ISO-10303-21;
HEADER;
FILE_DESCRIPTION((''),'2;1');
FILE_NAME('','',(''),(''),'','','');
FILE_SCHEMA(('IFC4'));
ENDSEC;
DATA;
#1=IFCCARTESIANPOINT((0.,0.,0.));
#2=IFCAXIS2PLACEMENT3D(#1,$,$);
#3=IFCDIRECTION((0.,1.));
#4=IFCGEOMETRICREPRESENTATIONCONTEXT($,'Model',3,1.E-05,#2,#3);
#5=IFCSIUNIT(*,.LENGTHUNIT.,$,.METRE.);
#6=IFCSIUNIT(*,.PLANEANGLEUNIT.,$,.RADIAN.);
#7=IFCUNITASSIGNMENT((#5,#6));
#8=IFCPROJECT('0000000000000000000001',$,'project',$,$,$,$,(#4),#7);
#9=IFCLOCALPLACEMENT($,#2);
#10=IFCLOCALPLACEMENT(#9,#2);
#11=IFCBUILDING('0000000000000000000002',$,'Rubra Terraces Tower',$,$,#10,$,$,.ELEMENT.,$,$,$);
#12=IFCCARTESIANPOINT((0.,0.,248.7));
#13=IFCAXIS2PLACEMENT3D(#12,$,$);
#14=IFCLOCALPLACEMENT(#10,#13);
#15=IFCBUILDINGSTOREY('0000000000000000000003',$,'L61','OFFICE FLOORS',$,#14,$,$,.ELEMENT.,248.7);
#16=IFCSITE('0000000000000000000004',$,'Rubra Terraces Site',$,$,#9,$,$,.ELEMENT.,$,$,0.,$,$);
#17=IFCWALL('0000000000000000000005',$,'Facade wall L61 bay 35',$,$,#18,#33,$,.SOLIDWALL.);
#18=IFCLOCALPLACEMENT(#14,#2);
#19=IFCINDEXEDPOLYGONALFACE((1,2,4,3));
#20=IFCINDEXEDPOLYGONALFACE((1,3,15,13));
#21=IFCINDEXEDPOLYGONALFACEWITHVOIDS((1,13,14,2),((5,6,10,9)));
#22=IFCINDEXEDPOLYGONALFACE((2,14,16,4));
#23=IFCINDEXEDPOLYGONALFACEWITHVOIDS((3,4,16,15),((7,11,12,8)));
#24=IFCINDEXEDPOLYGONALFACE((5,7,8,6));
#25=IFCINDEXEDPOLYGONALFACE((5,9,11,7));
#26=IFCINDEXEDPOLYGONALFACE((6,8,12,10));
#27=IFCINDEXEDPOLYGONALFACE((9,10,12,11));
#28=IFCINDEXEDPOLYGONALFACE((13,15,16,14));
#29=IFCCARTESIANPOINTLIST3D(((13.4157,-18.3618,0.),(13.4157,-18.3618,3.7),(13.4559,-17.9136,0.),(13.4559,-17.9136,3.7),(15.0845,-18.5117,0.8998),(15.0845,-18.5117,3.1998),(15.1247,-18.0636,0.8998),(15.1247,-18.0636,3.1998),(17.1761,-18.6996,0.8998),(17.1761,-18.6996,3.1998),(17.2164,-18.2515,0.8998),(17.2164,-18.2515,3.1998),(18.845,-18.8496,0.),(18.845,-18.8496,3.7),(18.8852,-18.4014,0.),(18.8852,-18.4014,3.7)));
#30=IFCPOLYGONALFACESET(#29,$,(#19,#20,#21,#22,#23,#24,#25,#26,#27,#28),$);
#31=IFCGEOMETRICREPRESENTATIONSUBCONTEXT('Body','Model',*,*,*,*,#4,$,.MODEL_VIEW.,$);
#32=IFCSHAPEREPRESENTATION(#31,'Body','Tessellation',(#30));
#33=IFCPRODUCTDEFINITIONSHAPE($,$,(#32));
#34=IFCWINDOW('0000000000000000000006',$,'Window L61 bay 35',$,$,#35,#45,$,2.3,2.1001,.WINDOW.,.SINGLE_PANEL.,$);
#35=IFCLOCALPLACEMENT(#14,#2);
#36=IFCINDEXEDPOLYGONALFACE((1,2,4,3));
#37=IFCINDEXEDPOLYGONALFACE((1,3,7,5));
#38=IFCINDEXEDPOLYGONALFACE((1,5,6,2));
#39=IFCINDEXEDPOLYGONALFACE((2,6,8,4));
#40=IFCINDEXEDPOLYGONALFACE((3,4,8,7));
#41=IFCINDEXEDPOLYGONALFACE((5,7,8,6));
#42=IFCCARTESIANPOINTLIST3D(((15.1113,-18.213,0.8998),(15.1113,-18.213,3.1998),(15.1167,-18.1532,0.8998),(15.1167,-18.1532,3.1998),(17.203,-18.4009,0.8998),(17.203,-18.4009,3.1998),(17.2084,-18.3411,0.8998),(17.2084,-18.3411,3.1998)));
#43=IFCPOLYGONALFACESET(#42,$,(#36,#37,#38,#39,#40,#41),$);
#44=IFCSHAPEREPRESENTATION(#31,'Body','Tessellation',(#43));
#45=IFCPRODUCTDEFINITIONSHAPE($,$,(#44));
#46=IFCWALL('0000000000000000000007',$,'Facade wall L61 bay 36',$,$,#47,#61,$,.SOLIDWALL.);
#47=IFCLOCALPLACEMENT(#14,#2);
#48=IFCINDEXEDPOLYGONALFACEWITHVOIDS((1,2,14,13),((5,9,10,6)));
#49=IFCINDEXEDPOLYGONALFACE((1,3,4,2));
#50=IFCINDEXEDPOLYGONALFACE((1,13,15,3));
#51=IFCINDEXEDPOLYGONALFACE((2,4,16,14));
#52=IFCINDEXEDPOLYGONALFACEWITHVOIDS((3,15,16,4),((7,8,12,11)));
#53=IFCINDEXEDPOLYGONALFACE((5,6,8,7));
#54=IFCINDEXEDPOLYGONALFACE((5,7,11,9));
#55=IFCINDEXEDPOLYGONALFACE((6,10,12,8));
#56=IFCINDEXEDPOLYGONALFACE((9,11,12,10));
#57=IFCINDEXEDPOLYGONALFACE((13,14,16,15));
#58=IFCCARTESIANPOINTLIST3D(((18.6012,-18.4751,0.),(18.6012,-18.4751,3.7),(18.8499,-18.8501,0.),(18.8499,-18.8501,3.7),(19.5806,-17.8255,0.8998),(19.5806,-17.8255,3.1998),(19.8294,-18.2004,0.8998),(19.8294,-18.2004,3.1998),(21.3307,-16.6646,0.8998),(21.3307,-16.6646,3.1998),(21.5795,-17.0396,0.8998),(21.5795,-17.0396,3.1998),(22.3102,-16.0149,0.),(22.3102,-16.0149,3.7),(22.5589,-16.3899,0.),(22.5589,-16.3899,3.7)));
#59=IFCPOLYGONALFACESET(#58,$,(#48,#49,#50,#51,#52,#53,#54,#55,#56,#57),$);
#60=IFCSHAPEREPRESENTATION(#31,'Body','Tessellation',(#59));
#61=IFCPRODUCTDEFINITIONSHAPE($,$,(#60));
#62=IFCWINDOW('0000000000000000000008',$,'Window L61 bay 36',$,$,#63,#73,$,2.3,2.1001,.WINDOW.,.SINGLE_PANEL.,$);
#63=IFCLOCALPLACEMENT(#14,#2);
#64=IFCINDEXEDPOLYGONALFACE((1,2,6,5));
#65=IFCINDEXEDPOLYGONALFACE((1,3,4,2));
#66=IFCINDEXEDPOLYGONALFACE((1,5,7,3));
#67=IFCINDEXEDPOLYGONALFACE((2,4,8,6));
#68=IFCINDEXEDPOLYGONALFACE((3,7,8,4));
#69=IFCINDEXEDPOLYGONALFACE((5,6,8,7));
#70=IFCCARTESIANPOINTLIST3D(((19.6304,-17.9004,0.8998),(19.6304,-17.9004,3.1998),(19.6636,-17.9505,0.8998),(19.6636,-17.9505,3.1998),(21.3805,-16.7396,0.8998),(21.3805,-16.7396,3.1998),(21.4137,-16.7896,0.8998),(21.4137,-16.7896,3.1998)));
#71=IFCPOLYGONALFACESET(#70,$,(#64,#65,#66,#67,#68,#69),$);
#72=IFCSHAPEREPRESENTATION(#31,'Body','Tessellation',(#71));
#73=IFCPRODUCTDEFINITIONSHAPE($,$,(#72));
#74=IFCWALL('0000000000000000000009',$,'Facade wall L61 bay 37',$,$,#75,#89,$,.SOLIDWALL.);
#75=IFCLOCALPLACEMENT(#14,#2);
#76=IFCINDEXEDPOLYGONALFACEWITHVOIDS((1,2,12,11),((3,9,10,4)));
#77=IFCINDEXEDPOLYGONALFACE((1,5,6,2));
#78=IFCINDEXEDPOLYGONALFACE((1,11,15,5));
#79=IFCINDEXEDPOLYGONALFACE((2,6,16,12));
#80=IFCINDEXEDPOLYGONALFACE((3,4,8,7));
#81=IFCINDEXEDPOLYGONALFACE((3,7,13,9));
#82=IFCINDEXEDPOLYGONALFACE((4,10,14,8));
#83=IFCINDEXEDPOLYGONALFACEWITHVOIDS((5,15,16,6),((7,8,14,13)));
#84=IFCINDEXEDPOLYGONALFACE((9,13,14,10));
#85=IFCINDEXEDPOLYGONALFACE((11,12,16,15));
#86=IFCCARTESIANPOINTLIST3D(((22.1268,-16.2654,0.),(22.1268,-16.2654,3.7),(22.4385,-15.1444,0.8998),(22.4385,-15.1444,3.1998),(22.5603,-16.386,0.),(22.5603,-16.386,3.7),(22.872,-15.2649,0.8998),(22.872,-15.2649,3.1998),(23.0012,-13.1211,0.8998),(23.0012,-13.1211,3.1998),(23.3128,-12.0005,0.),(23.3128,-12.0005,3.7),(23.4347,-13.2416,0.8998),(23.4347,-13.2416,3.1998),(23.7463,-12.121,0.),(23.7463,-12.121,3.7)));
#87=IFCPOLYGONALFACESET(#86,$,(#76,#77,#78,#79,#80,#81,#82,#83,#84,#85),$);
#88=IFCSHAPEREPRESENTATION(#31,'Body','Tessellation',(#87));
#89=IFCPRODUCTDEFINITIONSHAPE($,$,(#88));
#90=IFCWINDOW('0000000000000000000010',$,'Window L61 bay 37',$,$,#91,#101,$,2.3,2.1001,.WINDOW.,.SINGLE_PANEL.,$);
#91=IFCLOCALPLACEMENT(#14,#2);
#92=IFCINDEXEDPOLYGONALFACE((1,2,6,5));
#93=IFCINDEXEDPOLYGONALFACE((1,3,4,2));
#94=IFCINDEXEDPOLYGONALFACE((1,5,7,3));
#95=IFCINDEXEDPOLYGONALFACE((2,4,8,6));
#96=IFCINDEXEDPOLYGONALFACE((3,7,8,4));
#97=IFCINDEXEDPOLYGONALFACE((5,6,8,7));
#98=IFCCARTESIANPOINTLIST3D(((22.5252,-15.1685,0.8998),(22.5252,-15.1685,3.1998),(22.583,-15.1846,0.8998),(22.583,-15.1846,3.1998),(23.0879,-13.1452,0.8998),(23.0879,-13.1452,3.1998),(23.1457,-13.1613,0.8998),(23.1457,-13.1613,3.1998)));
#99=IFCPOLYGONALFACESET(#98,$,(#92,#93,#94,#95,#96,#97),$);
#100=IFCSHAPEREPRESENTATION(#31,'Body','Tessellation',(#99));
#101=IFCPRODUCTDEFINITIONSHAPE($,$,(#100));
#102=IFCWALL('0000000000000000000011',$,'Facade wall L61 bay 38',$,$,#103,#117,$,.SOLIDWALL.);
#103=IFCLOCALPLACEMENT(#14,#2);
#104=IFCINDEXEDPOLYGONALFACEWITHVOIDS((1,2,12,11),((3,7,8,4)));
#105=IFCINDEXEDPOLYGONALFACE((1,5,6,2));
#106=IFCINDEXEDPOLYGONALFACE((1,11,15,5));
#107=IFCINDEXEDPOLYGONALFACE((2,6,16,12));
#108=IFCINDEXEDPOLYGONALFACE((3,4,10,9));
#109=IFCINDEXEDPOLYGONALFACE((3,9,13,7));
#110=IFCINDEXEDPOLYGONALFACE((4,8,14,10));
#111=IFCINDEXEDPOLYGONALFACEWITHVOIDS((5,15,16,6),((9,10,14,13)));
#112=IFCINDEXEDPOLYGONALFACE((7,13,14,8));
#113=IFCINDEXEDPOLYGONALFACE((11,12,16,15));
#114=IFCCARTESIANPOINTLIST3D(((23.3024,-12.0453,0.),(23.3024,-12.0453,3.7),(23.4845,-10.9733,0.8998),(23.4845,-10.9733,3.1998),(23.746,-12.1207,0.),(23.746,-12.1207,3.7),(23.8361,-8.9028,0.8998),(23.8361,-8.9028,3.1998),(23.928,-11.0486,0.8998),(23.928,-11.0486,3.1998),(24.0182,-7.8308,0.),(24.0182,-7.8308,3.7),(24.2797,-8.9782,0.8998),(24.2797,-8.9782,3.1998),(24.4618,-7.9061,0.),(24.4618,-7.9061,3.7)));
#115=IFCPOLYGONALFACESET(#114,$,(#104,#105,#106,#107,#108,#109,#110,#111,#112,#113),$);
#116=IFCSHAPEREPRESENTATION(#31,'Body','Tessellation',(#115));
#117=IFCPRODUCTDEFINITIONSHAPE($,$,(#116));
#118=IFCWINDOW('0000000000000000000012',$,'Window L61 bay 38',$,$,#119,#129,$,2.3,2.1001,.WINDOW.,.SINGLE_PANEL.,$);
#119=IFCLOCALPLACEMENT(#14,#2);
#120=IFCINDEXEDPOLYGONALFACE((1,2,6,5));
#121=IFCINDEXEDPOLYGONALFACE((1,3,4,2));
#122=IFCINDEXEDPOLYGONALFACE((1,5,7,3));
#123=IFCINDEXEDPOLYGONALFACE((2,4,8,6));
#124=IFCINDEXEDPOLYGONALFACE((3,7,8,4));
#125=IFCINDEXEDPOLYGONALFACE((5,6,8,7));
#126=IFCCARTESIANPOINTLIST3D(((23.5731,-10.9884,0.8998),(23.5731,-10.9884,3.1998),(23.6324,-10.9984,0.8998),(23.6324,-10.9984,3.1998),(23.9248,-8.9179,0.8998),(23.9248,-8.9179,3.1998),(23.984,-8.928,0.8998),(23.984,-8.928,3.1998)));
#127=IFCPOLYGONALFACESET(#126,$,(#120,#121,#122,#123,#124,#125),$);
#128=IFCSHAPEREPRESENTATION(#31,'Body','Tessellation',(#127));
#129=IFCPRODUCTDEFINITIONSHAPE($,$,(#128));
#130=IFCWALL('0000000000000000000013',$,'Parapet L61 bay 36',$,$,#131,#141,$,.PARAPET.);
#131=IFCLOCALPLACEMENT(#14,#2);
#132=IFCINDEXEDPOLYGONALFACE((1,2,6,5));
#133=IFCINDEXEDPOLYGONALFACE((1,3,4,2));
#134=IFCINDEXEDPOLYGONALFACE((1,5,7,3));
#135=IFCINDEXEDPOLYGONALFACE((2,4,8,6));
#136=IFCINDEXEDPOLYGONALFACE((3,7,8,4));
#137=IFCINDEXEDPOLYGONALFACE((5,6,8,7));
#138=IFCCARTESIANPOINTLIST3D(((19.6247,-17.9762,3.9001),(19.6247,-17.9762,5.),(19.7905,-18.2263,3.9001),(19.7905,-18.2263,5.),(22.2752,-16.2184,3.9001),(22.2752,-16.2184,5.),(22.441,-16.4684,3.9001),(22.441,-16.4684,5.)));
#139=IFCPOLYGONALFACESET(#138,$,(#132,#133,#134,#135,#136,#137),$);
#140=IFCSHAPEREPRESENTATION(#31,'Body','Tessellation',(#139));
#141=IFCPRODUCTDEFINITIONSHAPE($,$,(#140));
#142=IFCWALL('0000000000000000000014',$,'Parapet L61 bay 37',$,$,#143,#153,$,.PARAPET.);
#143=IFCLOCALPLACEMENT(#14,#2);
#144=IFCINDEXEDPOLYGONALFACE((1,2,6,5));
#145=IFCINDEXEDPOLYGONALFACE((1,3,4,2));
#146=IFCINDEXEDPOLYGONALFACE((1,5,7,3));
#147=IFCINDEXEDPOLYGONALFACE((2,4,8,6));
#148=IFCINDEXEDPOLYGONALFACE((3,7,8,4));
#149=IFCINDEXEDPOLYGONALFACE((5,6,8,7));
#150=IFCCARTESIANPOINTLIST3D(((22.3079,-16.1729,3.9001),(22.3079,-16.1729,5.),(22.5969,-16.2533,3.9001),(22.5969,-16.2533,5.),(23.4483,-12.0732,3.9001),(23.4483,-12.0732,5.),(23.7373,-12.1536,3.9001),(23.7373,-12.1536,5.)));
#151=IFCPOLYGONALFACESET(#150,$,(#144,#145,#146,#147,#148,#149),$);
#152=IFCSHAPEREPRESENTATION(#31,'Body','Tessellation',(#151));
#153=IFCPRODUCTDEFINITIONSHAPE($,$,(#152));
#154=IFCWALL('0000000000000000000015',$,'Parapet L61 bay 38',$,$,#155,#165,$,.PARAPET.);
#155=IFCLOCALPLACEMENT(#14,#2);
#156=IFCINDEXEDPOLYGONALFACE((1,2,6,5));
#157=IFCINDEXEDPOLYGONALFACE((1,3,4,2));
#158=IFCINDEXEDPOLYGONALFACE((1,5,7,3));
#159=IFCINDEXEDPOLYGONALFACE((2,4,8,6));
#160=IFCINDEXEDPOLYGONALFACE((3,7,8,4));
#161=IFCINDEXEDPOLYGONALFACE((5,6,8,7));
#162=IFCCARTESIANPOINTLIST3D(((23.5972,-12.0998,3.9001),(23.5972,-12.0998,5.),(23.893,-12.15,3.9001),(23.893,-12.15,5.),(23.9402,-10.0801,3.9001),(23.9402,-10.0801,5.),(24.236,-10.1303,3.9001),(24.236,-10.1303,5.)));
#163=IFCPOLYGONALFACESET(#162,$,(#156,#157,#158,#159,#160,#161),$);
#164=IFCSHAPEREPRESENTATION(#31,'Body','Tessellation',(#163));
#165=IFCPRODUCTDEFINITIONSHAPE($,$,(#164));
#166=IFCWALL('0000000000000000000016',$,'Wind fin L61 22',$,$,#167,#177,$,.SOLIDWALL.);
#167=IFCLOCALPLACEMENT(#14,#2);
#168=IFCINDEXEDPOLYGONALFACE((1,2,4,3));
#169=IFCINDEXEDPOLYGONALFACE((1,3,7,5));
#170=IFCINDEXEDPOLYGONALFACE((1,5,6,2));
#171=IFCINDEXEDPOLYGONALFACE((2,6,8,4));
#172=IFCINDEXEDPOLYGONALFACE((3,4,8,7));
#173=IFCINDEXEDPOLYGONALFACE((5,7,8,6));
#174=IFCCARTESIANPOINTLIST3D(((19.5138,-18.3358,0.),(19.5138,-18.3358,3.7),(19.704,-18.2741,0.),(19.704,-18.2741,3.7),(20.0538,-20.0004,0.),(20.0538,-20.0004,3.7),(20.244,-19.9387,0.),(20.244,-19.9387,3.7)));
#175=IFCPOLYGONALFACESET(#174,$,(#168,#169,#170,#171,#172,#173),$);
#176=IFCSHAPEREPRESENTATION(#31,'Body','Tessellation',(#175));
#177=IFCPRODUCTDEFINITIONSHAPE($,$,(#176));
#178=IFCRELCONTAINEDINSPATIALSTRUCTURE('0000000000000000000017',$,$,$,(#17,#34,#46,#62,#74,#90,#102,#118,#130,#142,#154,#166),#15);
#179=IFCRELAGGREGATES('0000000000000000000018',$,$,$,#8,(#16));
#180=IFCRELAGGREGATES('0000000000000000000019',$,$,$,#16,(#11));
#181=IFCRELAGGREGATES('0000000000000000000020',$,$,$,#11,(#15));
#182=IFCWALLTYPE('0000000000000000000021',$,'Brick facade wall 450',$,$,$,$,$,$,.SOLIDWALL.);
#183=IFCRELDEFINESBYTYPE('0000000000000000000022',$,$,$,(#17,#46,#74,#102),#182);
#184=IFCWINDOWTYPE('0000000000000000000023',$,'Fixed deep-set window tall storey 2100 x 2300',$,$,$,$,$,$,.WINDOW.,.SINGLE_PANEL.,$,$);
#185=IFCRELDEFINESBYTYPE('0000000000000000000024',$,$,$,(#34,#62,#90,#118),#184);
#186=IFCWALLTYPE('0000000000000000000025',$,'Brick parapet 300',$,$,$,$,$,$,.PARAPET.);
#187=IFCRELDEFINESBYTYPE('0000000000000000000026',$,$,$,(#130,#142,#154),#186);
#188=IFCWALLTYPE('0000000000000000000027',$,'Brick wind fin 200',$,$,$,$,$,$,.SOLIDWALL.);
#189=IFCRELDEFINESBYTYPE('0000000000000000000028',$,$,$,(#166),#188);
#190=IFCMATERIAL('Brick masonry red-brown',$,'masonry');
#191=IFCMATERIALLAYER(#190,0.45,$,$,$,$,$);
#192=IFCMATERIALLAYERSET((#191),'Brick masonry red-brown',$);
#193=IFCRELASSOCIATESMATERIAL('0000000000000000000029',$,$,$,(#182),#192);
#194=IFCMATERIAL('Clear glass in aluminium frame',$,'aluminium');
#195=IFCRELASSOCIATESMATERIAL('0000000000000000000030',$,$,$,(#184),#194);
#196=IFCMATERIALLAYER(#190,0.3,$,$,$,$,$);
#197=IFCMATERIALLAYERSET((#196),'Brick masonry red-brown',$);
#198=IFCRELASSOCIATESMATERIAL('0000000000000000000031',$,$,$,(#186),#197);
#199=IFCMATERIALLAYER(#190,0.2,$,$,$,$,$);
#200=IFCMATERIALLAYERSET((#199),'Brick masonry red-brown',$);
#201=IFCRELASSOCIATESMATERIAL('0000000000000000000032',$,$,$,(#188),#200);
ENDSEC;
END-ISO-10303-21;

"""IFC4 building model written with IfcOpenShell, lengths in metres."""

from ifc_helpers import new_model, si_unit, direction, frame, frame_2d, origin, place, context, subcontext, project, spatial, rectangle, extrude, material, layer, layer_set, type_object, element, fill, save


model = new_model("IFC4")

# Units and contexts
model_context = context("Model", 3, precision=1e-05, world=origin(), true_north=direction((0.0, 1.0)))
body_context = subcontext(model_context, "Body", "Model", "MODEL_VIEW")
ifc_project = project(units=[si_unit("LENGTHUNIT", "METRE"), si_unit("PLANEANGLEUNIT", "RADIAN")], contexts=[model_context])

# Site, building, storey
site_placement = place(None, origin())
site = spatial("IfcSite", under=ifc_project, at=site_placement, Name="Rubra Terraces Site", CompositionType="ELEMENT", RefElevation=0.0)
building_placement = place(site_placement, origin())
building = spatial("IfcBuilding", under=site, at=building_placement, Name="Rubra Terraces Tower", CompositionType="ELEMENT")
storey_placement = place(building_placement, frame((0.0, 0.0, 248.7)))
storey = spatial("IfcBuildingStorey", under=building, at=storey_placement, Name="L61", Description="OFFICE FLOORS", CompositionType="ELEMENT", Elevation=248.7)

# Walls, openings, windows
ifc_material_1 = material(Name="Brick masonry red-brown", Category="masonry")
ifc_layer_1 = layer(ifc_material_1, 0.45)
ifc_layer_set_1 = layer_set([ifc_layer_1], Name="Brick masonry red-brown")
wall_type_1 = type_object("IfcWallType", Name="Brick facade wall 450", PredefinedType="SOLIDWALL", material=ifc_layer_set_1)
wall_1_placement = place(storey_placement, frame((13.4358, -18.1377, 0.0), z_axis=(0.0, 0.0, 1.0), x_axis=(0.995988, -0.089486, 0.0)))
wall_1 = element("IfcWall", 1, at=wall_1_placement, inside=storey, type_object=wall_type_1, Name="Facade wall L61 bay 35", PredefinedType="SOLIDWALL", context=body_context, shape_type="SweptSolid", body=[
    extrude(rectangle(XDim=5.4512, YDim=0.45, at=frame_2d((2.7256, 0.0))), origin(), (0.0, 0.0, 1.0), 3.7),
])
opening_1_placement = place(wall_1_placement, frame((1.6755, 0.0, 0.8999)))
opening_1 = element("IfcOpeningElement", 2, at=opening_1_placement, cuts=wall_1, PredefinedType="OPENING", context=body_context, shape_type="SweptSolid", body=[
    extrude(rectangle(XDim=2.1001, YDim=2.3, at=frame_2d((1.05, 1.1499))), frame((0.0, 0.2349, 0.0), z_axis=(0.0, -1.0, 0.0), x_axis=(1.0, 0.0, 0.0)), (0.0, 0.0, 1.0), 0.47),
])
ifc_material_2 = material(Name="Clear glass in aluminium frame", Category="aluminium")
window_type = type_object("IfcWindowType", Name="Fixed deep-set window tall storey 2100 x 2300", PartitioningType="SINGLE_PANEL", PredefinedType="WINDOW", material=ifc_material_2)
window_1_placement = place(opening_1_placement, origin())
window_1 = element("IfcWindow", 3, at=window_1_placement, inside=storey, type_object=window_type, Name="Window L61 bay 35", OverallHeight=2.3, OverallWidth=2.1001, PartitioningType="SINGLE_PANEL", PredefinedType="WINDOW", context=body_context, shape_type="SweptSolid", body=[
    extrude(rectangle(XDim=2.1001, YDim=2.3, at=frame_2d((1.05, 1.1499))), frame((0.0, 0.135, 0.0), z_axis=(0.0, -1.0, 0.0), x_axis=(1.0, 0.0, 0.0)), (0.0, 0.0, 1.0), 0.0601),
])
fill(opening_1, window_1)
wall_2_placement = place(storey_placement, frame((18.7256, -18.6626, 0.0), z_axis=(0.0, 0.0, 1.0), x_axis=(0.833339, 0.552762, 0.0)))
wall_2 = element("IfcWall", 4, at=wall_2_placement, inside=storey, type_object=wall_type_1, Name="Facade wall L61 bay 36", PredefinedType="SOLIDWALL", context=body_context, shape_type="SweptSolid", body=[
    extrude(rectangle(XDim=4.4507, YDim=0.45, at=frame_2d((2.2253, 0.0))), origin(), (0.0, 0.0, 1.0), 3.7),
])
opening_2_placement = place(wall_2_placement, frame((1.1753, 0.0, 0.8999)))
opening_2 = element("IfcOpeningElement", 5, at=opening_2_placement, cuts=wall_2, PredefinedType="OPENING", context=body_context, shape_type="SweptSolid", body=[
    extrude(rectangle(XDim=2.1001, YDim=2.3, at=frame_2d((1.05, 1.1499))), frame((0.0, 0.2349, 0.0), z_axis=(0.0, -1.0, 0.0), x_axis=(1.0, 0.0, 0.0)), (0.0, 0.0, 1.0), 0.47),
])
window_2_placement = place(opening_2_placement, origin())
window_2 = element("IfcWindow", 6, at=window_2_placement, inside=storey, type_object=window_type, Name="Window L61 bay 36", OverallHeight=2.3, OverallWidth=2.1001, PartitioningType="SINGLE_PANEL", PredefinedType="WINDOW", context=body_context, shape_type="SweptSolid", body=[
    extrude(rectangle(XDim=2.1001, YDim=2.3, at=frame_2d((1.05, 1.1499))), frame((0.0, 0.135, 0.0), z_axis=(0.0, -1.0, 0.0), x_axis=(1.0, 0.0, 0.0)), (0.0, 0.0, 1.0), 0.0601),
])
fill(opening_2, window_2)
wall_3_placement = place(storey_placement, frame((22.3435, -16.3257, 0.0), z_axis=(0.0, 0.0, 1.0), x_axis=(0.267925, 0.96344, 0.0)))
wall_3 = element("IfcWall", 7, at=wall_3_placement, inside=storey, type_object=wall_type_1, Name="Facade wall L61 bay 37", PredefinedType="SOLIDWALL", context=body_context, shape_type="SweptSolid", body=[
    extrude(rectangle(XDim=4.4268, YDim=0.45, at=frame_2d((2.2134, 0.0))), origin(), (0.0, 0.0, 1.0), 3.7),
])
opening_3_placement = place(wall_3_placement, frame((1.1636, 0.0, 0.8999)))
opening_3 = element("IfcOpeningElement", 8, at=opening_3_placement, cuts=wall_3, PredefinedType="OPENING", context=body_context, shape_type="SweptSolid", body=[
    extrude(rectangle(XDim=2.1001, YDim=2.3, at=frame_2d((1.05, 1.1499))), frame((0.0, 0.2349, 0.0), z_axis=(0.0, -1.0, 0.0), x_axis=(1.0, 0.0, 0.0)), (0.0, 0.0, 1.0), 0.47),
])
window_3_placement = place(opening_3_placement, origin())
window_3 = element("IfcWindow", 9, at=window_3_placement, inside=storey, type_object=window_type, Name="Window L61 bay 37", OverallHeight=2.3, OverallWidth=2.1001, PartitioningType="SINGLE_PANEL", PredefinedType="WINDOW", context=body_context, shape_type="SweptSolid", body=[
    extrude(rectangle(XDim=2.1001, YDim=2.3, at=frame_2d((1.05, 1.1499))), frame((0.0, 0.135, 0.0), z_axis=(0.0, -1.0, 0.0), x_axis=(1.0, 0.0, 0.0)), (0.0, 0.0, 1.0), 0.0601),
])
fill(opening_3, window_3)
wall_4_placement = place(storey_placement, frame((23.5242, -12.083, 0.0), z_axis=(0.0, 0.0, 1.0), x_axis=(0.167445, 0.985881, 0.0)))
wall_4 = element("IfcWall", 10, at=wall_4_placement, inside=storey, type_object=wall_type_1, Name="Facade wall L61 bay 38", PredefinedType="SOLIDWALL", context=body_context, shape_type="SweptSolid", body=[
    extrude(rectangle(XDim=4.2749, YDim=0.45, at=frame_2d((2.1375, 0.0))), origin(), (0.0, 0.0, 1.0), 3.7),
])
opening_4_placement = place(wall_4_placement, frame((1.0874, 0.0, 0.8999)))
opening_4 = element("IfcOpeningElement", 11, at=opening_4_placement, cuts=wall_4, PredefinedType="OPENING", context=body_context, shape_type="SweptSolid", body=[
    extrude(rectangle(XDim=2.1001, YDim=2.3, at=frame_2d((1.05, 1.1499))), frame((0.0, 0.2349, 0.0), z_axis=(0.0, -1.0, 0.0), x_axis=(1.0, 0.0, 0.0)), (0.0, 0.0, 1.0), 0.47),
])
window_4_placement = place(opening_4_placement, origin())
window_4 = element("IfcWindow", 12, at=window_4_placement, inside=storey, type_object=window_type, Name="Window L61 bay 38", OverallHeight=2.3, OverallWidth=2.1001, PartitioningType="SINGLE_PANEL", PredefinedType="WINDOW", context=body_context, shape_type="SweptSolid", body=[
    extrude(rectangle(XDim=2.1001, YDim=2.3, at=frame_2d((1.05, 1.1499))), frame((0.0, 0.135, 0.0), z_axis=(0.0, -1.0, 0.0), x_axis=(1.0, 0.0, 0.0)), (0.0, 0.0, 1.0), 0.0601),
])
fill(opening_4, window_4)

# Walls
ifc_layer_2 = layer(ifc_material_1, 0.3)
ifc_layer_set_2 = layer_set([ifc_layer_2], Name="Brick masonry red-brown")
wall_type_2 = type_object("IfcWallType", Name="Brick parapet 300", PredefinedType="PARAPET", material=ifc_layer_set_2)
wall_5_placement = place(storey_placement, frame((19.7075, -18.1013, 3.9001), z_axis=(0.0, 0.0, 1.0), x_axis=(0.833371, 0.552715, 0.0)))
element("IfcWall", 13, at=wall_5_placement, inside=storey, type_object=wall_type_2, Name="Parapet L61 bay 36", PredefinedType="PARAPET", context=body_context, shape_type="SweptSolid", body=[
    extrude(rectangle(XDim=3.1804, YDim=0.3, at=frame_2d((1.5903, 0.0))), origin(), (0.0, 0.0, 1.0), 1.0999),
])
wall_6_placement = place(storey_placement, frame((22.4524, -16.2131, 3.9001), z_axis=(0.0, 0.0, 1.0), x_axis=(0.267993, 0.963421, 0.0)))
element("IfcWall", 14, at=wall_6_placement, inside=storey, type_object=wall_type_2, Name="Parapet L61 bay 37", PredefinedType="PARAPET", context=body_context, shape_type="SweptSolid", body=[
    extrude(rectangle(XDim=4.2554, YDim=0.3, at=frame_2d((2.1277, 0.0))), origin(), (0.0, 0.0, 1.0), 1.0999),
])
wall_7_placement = place(storey_placement, frame((23.7451, -12.125, 3.9001), z_axis=(0.0, 0.0, 1.0), x_axis=(0.167432, 0.985884, 0.0)))
element("IfcWall", 15, at=wall_7_placement, inside=storey, type_object=wall_type_2, Name="Parapet L61 bay 38", PredefinedType="PARAPET", context=body_context, shape_type="SweptSolid", body=[
    extrude(rectangle(XDim=2.0486, YDim=0.3, at=frame_2d((1.0244, 0.0))), origin(), (0.0, 0.0, 1.0), 1.0999),
])
ifc_layer_3 = layer(ifc_material_1, 0.2)
ifc_layer_set_3 = layer_set([ifc_layer_3], Name="Brick masonry red-brown")
wall_type_3 = type_object("IfcWallType", Name="Brick wind fin 200", PredefinedType="SOLIDWALL", material=ifc_layer_set_3)
wall_8_placement = place(storey_placement, frame((19.6089, -18.3049, 0.0), z_axis=(0.0, 0.0, 1.0), x_axis=(0.3086, -0.951192, 0.0)))
element("IfcWall", 16, at=wall_8_placement, inside=storey, type_object=wall_type_3, Name="Wind fin L61 22", PredefinedType="SOLIDWALL", context=body_context, shape_type="SweptSolid", body=[
    extrude(rectangle(XDim=1.75, YDim=0.2, at=frame_2d((0.875, 0.0))), origin(), (0.0, 0.0, 1.0), 3.7),
])

save(model, "model.ifc")
